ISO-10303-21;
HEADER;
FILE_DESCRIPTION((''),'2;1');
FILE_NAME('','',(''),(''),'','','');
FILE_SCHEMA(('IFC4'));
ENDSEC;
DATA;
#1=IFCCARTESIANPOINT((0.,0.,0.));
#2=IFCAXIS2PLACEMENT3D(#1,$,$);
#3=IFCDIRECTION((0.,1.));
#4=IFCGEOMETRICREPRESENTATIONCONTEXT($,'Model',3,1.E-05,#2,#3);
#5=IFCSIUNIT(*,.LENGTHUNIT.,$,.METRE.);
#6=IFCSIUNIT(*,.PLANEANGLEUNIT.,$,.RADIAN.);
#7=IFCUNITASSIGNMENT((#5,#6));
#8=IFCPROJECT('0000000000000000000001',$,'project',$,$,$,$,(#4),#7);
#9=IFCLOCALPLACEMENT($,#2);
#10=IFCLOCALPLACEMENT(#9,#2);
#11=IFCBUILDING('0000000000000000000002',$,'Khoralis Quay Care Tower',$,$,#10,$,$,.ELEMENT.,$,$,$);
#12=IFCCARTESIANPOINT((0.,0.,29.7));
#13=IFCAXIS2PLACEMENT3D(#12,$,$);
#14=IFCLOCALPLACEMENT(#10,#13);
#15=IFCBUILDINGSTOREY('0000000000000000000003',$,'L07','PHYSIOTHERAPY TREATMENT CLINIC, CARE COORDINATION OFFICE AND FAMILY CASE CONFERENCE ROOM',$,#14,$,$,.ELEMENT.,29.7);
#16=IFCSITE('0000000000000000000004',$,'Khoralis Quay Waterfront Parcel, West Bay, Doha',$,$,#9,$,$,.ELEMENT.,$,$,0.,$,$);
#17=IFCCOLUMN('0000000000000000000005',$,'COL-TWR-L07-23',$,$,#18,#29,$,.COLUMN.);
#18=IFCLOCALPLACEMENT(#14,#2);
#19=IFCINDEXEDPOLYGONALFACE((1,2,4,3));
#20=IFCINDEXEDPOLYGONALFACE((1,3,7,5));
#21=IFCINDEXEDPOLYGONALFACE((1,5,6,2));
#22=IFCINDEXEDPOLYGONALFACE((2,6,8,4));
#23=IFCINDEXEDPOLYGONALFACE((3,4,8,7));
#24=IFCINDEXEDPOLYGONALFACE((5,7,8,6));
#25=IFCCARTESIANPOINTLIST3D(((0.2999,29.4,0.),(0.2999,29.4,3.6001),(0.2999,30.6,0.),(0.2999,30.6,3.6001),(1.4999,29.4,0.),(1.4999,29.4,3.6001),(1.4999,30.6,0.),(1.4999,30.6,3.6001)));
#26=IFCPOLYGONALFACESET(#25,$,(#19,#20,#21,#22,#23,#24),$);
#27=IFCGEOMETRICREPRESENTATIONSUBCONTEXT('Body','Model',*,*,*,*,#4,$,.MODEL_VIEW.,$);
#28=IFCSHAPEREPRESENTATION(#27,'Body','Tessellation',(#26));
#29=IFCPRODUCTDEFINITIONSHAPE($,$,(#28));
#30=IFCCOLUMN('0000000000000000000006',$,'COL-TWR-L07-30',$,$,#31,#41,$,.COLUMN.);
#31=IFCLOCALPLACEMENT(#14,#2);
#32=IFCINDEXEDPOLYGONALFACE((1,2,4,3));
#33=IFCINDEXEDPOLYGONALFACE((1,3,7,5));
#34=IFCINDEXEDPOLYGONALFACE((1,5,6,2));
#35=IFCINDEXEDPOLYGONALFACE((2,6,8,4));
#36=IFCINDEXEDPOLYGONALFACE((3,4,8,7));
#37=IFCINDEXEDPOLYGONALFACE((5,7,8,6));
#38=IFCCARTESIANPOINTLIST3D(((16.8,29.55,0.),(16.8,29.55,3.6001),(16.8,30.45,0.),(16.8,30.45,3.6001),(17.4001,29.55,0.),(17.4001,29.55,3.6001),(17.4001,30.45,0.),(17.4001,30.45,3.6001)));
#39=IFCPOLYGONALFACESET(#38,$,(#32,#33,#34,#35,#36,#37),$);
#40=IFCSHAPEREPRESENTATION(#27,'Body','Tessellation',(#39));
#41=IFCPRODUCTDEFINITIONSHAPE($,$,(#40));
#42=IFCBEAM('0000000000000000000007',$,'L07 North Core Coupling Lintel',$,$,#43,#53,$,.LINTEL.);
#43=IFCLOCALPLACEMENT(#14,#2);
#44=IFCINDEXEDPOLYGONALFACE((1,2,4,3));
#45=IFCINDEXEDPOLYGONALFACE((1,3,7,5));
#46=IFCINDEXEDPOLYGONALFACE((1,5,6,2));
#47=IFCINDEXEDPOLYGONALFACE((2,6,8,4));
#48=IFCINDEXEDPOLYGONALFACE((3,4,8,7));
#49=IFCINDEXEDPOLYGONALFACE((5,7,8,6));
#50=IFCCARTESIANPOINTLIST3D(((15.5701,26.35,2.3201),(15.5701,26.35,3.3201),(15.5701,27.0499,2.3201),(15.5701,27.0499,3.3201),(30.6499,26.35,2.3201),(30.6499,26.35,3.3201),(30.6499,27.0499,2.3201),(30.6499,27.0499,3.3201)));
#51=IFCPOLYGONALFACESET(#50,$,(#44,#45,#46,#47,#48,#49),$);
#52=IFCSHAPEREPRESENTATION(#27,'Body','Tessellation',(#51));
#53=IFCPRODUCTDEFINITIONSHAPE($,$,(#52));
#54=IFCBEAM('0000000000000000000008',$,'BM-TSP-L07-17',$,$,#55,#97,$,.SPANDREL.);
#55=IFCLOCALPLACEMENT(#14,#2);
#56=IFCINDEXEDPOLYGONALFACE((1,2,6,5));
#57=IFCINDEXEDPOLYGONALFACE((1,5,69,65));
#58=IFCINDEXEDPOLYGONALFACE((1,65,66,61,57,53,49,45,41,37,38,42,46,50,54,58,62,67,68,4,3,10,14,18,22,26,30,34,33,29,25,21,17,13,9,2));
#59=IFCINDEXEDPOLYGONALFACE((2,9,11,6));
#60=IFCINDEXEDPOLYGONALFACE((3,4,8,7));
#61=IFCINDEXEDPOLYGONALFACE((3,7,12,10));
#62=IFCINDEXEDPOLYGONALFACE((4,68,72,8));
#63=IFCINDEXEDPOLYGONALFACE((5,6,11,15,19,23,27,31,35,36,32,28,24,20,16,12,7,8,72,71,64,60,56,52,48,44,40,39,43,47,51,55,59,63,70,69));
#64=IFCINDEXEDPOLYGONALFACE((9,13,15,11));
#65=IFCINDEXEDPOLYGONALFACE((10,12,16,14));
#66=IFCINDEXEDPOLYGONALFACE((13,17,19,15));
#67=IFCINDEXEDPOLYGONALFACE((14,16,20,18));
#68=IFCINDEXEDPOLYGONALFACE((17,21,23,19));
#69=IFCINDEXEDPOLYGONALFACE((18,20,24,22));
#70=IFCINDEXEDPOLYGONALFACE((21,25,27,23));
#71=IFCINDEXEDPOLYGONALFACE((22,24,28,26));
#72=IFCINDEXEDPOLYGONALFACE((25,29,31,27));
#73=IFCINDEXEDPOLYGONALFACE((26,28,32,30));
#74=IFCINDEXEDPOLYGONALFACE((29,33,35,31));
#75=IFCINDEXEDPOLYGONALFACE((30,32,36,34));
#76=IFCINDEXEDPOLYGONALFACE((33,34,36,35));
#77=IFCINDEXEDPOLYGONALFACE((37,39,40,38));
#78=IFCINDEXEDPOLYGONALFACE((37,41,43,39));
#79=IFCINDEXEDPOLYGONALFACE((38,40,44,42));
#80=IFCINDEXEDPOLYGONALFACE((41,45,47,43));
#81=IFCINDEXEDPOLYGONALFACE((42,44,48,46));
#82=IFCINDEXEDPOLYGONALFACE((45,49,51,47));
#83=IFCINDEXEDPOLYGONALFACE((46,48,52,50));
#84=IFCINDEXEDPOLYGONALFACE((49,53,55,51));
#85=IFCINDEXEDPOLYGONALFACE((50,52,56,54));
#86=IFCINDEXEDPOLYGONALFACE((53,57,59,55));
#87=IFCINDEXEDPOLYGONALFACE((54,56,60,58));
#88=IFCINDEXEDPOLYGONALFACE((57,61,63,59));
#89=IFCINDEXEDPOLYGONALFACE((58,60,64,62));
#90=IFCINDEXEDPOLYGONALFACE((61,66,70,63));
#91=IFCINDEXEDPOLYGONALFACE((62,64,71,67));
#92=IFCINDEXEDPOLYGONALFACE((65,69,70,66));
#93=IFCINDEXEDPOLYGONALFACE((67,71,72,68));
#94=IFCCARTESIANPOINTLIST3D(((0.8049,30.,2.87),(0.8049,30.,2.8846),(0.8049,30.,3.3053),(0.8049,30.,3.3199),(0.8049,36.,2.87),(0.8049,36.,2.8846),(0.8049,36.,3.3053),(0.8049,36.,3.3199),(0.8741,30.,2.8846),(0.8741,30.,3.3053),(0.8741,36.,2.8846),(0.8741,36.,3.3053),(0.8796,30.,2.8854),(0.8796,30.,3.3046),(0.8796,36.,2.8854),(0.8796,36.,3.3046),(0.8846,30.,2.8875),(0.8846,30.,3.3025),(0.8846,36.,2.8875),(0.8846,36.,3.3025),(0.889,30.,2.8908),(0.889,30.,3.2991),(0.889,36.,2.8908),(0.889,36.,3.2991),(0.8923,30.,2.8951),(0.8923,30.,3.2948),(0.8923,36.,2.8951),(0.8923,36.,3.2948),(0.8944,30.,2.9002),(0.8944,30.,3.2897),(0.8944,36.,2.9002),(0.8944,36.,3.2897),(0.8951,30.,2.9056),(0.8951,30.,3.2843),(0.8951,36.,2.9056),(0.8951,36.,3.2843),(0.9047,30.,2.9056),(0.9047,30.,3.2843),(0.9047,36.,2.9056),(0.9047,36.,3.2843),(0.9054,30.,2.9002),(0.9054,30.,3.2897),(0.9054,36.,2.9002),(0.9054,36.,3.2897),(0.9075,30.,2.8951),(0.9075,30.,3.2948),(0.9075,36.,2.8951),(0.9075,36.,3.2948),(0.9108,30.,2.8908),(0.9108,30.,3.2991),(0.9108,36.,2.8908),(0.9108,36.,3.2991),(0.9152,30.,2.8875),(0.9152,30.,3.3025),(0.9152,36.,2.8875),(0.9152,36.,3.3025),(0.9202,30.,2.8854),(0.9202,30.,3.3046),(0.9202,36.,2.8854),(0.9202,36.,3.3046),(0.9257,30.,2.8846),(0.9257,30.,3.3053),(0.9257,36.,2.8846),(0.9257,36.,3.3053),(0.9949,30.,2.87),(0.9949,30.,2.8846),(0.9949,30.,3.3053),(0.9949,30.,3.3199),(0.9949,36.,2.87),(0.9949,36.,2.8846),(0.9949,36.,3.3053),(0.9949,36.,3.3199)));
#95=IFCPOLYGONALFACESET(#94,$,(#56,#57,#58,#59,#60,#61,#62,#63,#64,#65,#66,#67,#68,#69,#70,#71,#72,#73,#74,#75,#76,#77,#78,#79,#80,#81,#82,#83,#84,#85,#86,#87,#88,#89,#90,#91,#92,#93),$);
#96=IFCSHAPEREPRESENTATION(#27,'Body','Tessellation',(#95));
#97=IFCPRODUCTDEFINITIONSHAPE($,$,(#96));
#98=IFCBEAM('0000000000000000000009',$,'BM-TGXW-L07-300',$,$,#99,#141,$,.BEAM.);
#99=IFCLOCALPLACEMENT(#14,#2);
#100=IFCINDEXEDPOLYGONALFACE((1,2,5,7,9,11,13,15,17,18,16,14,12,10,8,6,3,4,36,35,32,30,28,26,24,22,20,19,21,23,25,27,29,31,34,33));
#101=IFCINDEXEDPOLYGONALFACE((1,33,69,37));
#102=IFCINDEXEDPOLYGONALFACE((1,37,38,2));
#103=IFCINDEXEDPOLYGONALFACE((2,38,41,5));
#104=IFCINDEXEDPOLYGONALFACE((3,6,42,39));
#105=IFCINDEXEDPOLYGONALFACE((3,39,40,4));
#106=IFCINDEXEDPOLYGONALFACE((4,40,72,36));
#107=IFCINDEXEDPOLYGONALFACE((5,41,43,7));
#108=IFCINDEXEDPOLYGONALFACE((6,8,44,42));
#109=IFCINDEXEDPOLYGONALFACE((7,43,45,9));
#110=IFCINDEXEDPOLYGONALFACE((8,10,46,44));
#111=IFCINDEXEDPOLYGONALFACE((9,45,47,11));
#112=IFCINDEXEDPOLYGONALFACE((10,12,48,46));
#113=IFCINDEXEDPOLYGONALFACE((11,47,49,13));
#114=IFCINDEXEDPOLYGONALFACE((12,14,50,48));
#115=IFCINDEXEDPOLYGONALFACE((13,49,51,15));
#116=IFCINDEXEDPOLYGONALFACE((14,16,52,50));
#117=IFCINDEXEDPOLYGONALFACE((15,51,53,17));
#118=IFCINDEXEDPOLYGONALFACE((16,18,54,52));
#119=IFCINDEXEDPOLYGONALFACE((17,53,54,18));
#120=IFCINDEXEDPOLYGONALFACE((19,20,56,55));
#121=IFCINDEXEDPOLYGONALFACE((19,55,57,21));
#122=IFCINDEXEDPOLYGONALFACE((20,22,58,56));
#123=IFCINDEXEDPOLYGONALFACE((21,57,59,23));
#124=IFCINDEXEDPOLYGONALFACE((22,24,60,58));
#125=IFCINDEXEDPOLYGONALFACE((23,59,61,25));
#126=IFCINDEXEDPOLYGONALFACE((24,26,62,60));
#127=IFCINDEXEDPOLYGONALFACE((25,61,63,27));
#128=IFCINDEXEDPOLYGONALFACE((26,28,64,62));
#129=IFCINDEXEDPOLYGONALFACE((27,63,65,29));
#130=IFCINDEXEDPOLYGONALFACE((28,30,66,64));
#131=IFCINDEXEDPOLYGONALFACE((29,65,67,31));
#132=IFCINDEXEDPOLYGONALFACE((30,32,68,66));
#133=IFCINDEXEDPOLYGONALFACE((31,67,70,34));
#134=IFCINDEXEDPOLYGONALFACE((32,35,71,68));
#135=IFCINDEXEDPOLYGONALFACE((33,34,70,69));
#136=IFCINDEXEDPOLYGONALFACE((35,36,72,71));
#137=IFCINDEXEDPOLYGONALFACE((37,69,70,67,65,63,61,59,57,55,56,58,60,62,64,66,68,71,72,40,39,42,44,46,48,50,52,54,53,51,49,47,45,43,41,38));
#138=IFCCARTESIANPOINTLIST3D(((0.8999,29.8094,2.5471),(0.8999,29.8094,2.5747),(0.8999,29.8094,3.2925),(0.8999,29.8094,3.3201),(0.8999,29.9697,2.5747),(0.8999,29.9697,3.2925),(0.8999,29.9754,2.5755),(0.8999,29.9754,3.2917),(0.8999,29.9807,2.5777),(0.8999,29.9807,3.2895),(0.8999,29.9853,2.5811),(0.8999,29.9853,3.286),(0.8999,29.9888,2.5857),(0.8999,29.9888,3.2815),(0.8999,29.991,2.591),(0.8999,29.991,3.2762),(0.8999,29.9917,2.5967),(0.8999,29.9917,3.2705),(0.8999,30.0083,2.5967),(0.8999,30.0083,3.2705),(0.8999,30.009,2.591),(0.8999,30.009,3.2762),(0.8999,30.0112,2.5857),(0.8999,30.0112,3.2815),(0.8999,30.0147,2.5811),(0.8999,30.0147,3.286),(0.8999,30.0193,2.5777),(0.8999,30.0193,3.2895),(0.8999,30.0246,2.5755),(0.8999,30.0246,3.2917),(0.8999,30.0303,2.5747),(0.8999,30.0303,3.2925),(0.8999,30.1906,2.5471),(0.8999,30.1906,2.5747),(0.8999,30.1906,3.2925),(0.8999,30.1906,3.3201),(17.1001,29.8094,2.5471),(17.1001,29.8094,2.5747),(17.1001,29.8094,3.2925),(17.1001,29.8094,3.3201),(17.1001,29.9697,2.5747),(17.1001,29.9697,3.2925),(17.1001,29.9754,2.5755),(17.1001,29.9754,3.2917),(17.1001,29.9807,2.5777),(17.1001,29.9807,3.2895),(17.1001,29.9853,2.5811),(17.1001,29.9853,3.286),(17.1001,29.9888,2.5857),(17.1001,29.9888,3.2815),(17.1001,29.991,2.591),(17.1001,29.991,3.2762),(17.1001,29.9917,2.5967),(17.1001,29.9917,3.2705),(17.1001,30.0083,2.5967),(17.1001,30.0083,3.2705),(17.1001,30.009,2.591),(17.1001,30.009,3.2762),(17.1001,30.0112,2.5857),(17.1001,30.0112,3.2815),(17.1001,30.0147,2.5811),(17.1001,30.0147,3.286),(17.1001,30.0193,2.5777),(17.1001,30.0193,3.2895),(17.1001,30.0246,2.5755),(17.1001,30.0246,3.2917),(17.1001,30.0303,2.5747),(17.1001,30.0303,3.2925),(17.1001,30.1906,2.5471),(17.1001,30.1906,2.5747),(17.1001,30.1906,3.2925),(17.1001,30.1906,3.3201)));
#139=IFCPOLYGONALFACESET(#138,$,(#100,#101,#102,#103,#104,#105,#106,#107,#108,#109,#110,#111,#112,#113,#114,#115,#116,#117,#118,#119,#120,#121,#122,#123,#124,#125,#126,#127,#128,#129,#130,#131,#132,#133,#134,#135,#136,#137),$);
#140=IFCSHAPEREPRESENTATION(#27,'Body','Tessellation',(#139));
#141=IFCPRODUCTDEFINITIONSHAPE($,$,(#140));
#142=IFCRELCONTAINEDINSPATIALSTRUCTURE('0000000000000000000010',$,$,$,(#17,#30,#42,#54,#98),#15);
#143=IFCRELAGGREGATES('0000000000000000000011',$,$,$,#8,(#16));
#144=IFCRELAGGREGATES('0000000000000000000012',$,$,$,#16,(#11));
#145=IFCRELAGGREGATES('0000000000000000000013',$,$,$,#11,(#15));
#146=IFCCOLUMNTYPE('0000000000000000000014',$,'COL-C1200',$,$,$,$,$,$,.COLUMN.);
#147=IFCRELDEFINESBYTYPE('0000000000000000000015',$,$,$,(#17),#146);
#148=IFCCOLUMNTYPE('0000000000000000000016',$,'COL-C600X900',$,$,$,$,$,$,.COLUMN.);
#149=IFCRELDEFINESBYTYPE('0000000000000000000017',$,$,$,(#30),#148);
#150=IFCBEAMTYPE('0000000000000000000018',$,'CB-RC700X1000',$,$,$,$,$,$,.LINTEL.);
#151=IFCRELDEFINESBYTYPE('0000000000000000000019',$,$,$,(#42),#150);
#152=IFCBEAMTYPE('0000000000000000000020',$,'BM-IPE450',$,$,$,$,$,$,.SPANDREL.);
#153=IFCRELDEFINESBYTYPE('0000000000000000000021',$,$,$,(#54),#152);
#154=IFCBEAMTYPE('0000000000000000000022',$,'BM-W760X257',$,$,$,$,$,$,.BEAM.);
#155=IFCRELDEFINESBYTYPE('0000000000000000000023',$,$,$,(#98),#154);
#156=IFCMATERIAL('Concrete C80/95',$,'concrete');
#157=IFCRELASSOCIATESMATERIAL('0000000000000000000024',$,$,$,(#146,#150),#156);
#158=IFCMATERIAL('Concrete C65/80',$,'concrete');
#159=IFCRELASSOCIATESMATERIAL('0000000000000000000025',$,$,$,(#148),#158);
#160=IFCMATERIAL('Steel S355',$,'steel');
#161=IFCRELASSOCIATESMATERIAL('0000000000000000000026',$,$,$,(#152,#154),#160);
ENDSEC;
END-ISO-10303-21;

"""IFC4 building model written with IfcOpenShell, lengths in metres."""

from ifc_helpers import new_model, si_unit, direction, frame, origin, origin_2d, place, context, subcontext, project, spatial, rectangle, i_section, extrude, source, transform, mapped, material, material_profile, profile_set, type_object, element, save


model = new_model("IFC4")

# Units and contexts
model_context = context("Model", 3, precision=1e-05, world=origin(), true_north=direction((0.0, 1.0)))
body_context = subcontext(model_context, "Body", "Model", "MODEL_VIEW")
ifc_project = project(units=[si_unit("LENGTHUNIT", "METRE"), si_unit("PLANEANGLEUNIT", "RADIAN")], contexts=[model_context])

# Site, building, storey
site_placement = place(None, origin())
site = spatial("IfcSite", under=ifc_project, at=site_placement, Name="Khoralis Quay Waterfront Parcel, West Bay, Doha", CompositionType="ELEMENT", RefElevation=0.0)
building_placement = place(site_placement, origin())
building = spatial("IfcBuilding", under=site, at=building_placement, Name="Khoralis Quay Care Tower", CompositionType="ELEMENT")
storey_placement = place(building_placement, frame((0.0, 0.0, 29.7)))
storey = spatial("IfcBuildingStorey", under=building, at=storey_placement, Name="L07", Description="PHYSIOTHERAPY TREATMENT CLINIC, CARE COORDINATION OFFICE AND FAMILY CASE CONFERENCE ROOM", CompositionType="ELEMENT", Elevation=29.7)

# Columns
ifc_material_1 = material(Name="Concrete C80/95", Category="concrete")
ifc_material_profile_1 = material_profile(ifc_material_1, rectangle(XDim=1.2, YDim=1.2, at=origin_2d()), Name="Concrete C80/95")
ifc_profile_set_1 = profile_set([ifc_material_profile_1], Name="Concrete C80/95")
column_type_1 = type_object("IfcColumnType", Name="COL-C1200", PredefinedType="COLUMN", material=ifc_profile_set_1)
shared_shape_1 = source(origin(), body_context, "Body", "SweptSolid", [
    extrude(rectangle(XDim=1.2, YDim=1.2, at=origin_2d()), origin(), (0.0, 0.0, 1.0), 3.6001),
])
column_1_placement = place(storey_placement, frame((0.8999, 30.0, 0.0), z_axis=(0.0, 0.0, 1.0), x_axis=(1.0, 0.0, 0.0)))
element("IfcColumn", 1, at=column_1_placement, inside=storey, type_object=column_type_1, Name="COL-TWR-L07-23", PredefinedType="COLUMN", context=body_context, shape_type="MappedRepresentation", body=[
    mapped(shared_shape_1, transform((0.0, 0.0, 0.0), scale=1.0)),
])
ifc_material_2 = material(Name="Concrete C65/80", Category="concrete")
ifc_material_profile_2 = material_profile(ifc_material_2, rectangle(XDim=0.6001, YDim=0.8999, at=origin_2d()), Name="Concrete C65/80")
ifc_profile_set_2 = profile_set([ifc_material_profile_2], Name="Concrete C65/80")
column_type_2 = type_object("IfcColumnType", Name="COL-C600X900", PredefinedType="COLUMN", material=ifc_profile_set_2)
shared_shape_2 = source(origin(), body_context, "Body", "SweptSolid", [
    extrude(rectangle(XDim=0.6001, YDim=0.8999, at=origin_2d()), origin(), (0.0, 0.0, 1.0), 3.6001),
])
column_2_placement = place(storey_placement, frame((17.1001, 30.0, 0.0), z_axis=(0.0, 0.0, 1.0), x_axis=(1.0, 0.0, 0.0)))
element("IfcColumn", 2, at=column_2_placement, inside=storey, type_object=column_type_2, Name="COL-TWR-L07-30", PredefinedType="COLUMN", context=body_context, shape_type="MappedRepresentation", body=[
    mapped(shared_shape_2, transform((0.0, 0.0, 0.0), scale=1.0)),
])

# Beams
ifc_material_profile_3 = material_profile(ifc_material_1, rectangle(XDim=0.7, YDim=1.0, at=origin_2d()), Name="Concrete C80/95")
ifc_profile_set_3 = profile_set([ifc_material_profile_3], Name="Concrete C80/95")
beam_type_1 = type_object("IfcBeamType", Name="CB-RC700X1000", PredefinedType="LINTEL", material=ifc_profile_set_3)
shared_shape_3 = source(origin(), body_context, "Body", "SweptSolid", [
    extrude(rectangle(XDim=0.7, YDim=1.0, at=origin_2d()), origin(), (0.0, 0.0, 1.0), 15.0798),
])
beam_1_placement = place(storey_placement, frame((15.5701, 26.7, 2.8201), z_axis=(1.0, 0.0, 0.0), x_axis=(0.0, 1.0, 0.0)))
element("IfcBeam", 3, at=beam_1_placement, inside=storey, type_object=beam_type_1, Name="L07 North Core Coupling Lintel", PredefinedType="LINTEL", context=body_context, shape_type="MappedRepresentation", body=[
    mapped(shared_shape_3, transform((0.0, 0.0, 0.0), scale=1.0)),
])
ifc_material_3 = material(Name="Steel S355", Category="steel")
ifc_material_profile_4 = material_profile(ifc_material_3, i_section(OverallWidth=0.1899, OverallDepth=0.45, WebThickness=0.0095, FlangeThickness=0.0146, FilletRadius=0.021, at=origin_2d()), Name="Steel S355")
ifc_profile_set_4 = profile_set([ifc_material_profile_4], Name="Steel S355")
beam_type_2 = type_object("IfcBeamType", Name="BM-IPE450", PredefinedType="SPANDREL", material=ifc_profile_set_4)
shared_shape_4 = source(origin(), body_context, "Body", "SweptSolid", [
    extrude(i_section(OverallWidth=0.1899, OverallDepth=0.45, WebThickness=0.0095, FlangeThickness=0.0146, FilletRadius=0.021, at=origin_2d()), origin(), (0.0, 0.0, 1.0), 6.0),
])
beam_2_placement = place(storey_placement, frame((0.8999, 30.0, 3.095), z_axis=(0.0, 1.0, 0.0), x_axis=(-1.0, 0.0, 0.0)))
element("IfcBeam", 4, at=beam_2_placement, inside=storey, type_object=beam_type_2, Name="BM-TSP-L07-17", PredefinedType="SPANDREL", context=body_context, shape_type="MappedRepresentation", body=[
    mapped(shared_shape_4, transform((0.0, 0.0, 0.0), scale=1.0)),
])
ifc_material_profile_5 = material_profile(ifc_material_3, i_section(OverallWidth=0.3811, OverallDepth=0.7729, WebThickness=0.0166, FlangeThickness=0.0276, FilletRadius=0.022, at=origin_2d()), Name="Steel S355")
ifc_profile_set_5 = profile_set([ifc_material_profile_5], Name="Steel S355")
beam_type_3 = type_object("IfcBeamType", Name="BM-W760X257", PredefinedType="BEAM", material=ifc_profile_set_5)
shared_shape_5 = source(origin(), body_context, "Body", "SweptSolid", [
    extrude(i_section(OverallWidth=0.3811, OverallDepth=0.7729, WebThickness=0.0166, FlangeThickness=0.0276, FilletRadius=0.022, at=origin_2d()), origin(), (0.0, 0.0, 1.0), 16.2002),
])
beam_3_placement = place(storey_placement, frame((0.8999, 30.0, 2.9336), z_axis=(1.0, 0.0, 0.0), x_axis=(0.0, 1.0, 0.0)))
element("IfcBeam", 5, at=beam_3_placement, inside=storey, type_object=beam_type_3, Name="BM-TGXW-L07-300", PredefinedType="BEAM", context=body_context, shape_type="MappedRepresentation", body=[
    mapped(shared_shape_5, transform((0.0, 0.0, 0.0), scale=1.0)),
])

save(model, "model.ifc")
